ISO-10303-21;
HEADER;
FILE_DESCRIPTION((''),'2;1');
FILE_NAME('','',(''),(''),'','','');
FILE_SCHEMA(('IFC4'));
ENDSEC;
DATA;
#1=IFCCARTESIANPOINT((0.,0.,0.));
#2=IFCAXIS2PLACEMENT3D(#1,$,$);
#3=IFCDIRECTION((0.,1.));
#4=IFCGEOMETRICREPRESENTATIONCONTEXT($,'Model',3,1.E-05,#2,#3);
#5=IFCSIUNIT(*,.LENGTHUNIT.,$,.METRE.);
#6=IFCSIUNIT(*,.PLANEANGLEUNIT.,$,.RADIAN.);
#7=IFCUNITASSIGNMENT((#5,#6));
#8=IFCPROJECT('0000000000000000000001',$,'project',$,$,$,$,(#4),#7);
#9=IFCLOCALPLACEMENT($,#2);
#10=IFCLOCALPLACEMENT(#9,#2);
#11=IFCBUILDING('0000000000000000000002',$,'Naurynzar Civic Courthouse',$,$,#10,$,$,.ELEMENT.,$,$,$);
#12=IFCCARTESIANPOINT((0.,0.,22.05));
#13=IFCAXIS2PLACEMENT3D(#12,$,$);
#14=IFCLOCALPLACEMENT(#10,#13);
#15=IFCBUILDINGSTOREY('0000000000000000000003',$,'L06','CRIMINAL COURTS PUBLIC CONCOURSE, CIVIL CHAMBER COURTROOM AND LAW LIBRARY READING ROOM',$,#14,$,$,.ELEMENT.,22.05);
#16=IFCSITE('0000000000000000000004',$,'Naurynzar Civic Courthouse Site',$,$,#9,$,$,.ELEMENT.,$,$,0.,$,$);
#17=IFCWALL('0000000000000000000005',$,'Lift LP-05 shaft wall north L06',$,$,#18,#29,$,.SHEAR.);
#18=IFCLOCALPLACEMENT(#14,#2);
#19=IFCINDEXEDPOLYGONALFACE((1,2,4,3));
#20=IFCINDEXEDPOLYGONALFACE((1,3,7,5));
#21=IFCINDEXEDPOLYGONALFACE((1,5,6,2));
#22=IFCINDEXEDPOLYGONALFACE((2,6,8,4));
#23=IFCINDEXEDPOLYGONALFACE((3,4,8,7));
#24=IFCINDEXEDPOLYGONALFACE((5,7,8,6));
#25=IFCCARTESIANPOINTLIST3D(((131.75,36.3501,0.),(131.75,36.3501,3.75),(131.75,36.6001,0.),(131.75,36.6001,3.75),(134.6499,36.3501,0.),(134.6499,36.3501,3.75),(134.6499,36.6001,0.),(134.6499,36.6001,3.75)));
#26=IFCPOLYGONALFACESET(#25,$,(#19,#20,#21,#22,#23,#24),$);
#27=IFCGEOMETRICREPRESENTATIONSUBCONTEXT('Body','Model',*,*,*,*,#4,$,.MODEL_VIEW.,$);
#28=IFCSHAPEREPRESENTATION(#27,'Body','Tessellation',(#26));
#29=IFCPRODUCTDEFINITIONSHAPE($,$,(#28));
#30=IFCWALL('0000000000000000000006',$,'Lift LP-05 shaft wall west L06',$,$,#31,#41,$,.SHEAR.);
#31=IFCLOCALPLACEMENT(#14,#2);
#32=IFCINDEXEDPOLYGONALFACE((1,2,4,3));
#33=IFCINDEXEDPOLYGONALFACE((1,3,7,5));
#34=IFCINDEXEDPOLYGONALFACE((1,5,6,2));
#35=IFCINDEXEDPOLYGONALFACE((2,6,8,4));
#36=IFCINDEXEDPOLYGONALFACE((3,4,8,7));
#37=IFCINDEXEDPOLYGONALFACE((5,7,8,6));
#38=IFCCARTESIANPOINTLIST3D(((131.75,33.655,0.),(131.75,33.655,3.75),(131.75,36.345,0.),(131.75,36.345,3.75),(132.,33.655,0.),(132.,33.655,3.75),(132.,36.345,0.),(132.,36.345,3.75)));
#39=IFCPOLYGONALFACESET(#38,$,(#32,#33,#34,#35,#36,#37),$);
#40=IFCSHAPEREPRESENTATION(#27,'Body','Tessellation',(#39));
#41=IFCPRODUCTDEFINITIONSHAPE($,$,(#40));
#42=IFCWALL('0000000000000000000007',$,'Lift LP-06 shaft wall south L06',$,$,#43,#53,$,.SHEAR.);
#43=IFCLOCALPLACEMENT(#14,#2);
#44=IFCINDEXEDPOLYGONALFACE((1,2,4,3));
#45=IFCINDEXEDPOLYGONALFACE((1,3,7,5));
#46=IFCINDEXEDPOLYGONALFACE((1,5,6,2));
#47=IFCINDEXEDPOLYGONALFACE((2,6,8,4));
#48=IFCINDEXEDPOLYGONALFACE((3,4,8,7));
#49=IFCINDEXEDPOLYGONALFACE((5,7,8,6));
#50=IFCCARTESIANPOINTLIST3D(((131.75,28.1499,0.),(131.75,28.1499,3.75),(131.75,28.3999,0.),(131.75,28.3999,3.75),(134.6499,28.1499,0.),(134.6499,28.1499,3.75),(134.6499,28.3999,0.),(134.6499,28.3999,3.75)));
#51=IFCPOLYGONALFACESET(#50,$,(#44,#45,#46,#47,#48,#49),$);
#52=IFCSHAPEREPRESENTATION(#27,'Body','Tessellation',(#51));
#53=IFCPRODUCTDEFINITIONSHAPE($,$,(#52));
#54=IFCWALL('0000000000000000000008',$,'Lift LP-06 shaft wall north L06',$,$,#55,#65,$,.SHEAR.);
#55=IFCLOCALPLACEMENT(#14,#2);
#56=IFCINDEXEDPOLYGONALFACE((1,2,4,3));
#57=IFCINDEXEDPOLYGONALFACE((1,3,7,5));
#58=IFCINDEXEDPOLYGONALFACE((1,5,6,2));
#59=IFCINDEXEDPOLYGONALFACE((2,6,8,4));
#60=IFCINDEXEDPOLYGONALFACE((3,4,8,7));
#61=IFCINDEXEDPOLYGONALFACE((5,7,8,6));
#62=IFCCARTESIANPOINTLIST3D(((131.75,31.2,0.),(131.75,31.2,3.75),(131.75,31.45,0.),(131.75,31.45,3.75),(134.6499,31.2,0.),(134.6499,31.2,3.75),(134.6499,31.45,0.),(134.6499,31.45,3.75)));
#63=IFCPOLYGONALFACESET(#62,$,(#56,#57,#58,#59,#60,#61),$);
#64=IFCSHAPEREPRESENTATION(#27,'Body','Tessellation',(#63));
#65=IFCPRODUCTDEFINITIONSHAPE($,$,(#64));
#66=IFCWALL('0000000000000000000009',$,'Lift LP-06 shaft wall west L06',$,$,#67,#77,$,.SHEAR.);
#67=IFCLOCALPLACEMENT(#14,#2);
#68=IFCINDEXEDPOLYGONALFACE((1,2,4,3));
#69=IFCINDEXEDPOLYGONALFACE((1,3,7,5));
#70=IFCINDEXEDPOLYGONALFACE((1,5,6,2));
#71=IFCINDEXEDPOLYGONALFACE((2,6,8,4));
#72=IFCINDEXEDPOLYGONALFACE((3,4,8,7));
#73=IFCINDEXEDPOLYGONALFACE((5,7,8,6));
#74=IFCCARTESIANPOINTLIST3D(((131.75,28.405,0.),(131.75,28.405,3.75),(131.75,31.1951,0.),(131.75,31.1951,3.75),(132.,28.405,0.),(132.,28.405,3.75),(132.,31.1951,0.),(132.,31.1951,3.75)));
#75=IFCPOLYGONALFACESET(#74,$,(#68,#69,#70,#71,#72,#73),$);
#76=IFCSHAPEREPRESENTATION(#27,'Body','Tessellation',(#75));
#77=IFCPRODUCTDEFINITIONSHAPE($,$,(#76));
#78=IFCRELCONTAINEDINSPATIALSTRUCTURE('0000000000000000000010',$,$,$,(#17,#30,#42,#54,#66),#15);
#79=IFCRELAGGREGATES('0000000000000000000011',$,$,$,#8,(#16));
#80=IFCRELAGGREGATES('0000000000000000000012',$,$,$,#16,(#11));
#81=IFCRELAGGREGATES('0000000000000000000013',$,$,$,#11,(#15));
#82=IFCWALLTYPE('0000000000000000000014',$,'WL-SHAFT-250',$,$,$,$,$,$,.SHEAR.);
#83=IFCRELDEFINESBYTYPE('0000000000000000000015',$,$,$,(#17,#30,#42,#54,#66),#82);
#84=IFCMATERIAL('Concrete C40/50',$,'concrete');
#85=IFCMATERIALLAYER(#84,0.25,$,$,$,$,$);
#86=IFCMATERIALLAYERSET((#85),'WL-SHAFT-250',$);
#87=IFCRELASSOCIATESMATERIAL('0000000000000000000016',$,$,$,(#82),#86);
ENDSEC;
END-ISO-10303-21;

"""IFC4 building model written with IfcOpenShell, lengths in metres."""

from ifc_helpers import new_model, si_unit, direction, frame, frame_2d, origin, place, context, subcontext, project, spatial, rectangle, extrude, material, layer, layer_set, type_object, element, save


model = new_model("IFC4")

# Units and contexts
model_context = context("Model", 3, precision=1e-05, world=origin(), true_north=direction((0.0, 1.0)))
body_context = subcontext(model_context, "Body", "Model", "MODEL_VIEW")
ifc_project = project(units=[si_unit("LENGTHUNIT", "METRE"), si_unit("PLANEANGLEUNIT", "RADIAN")], contexts=[model_context])

# Site, building, storey
site_placement = place(None, origin())
site = spatial("IfcSite", under=ifc_project, at=site_placement, Name="Naurynzar Civic Courthouse Site", CompositionType="ELEMENT", RefElevation=0.0)
building_placement = place(site_placement, origin())
building = spatial("IfcBuilding", under=site, at=building_placement, Name="Naurynzar Civic Courthouse", CompositionType="ELEMENT")
storey_placement = place(building_placement, frame((0.0, 0.0, 22.05)))
storey = spatial("IfcBuildingStorey", under=building, at=storey_placement, Name="L06", Description="CRIMINAL COURTS PUBLIC CONCOURSE, CIVIL CHAMBER COURTROOM AND LAW LIBRARY READING ROOM", CompositionType="ELEMENT", Elevation=22.05)

# Walls
ifc_material_1 = material(Name="Concrete C40/50", Category="concrete")
ifc_layer_1 = layer(ifc_material_1, 0.25)
ifc_layer_set_1 = layer_set([ifc_layer_1], Name="WL-SHAFT-250")
wall_type_1 = type_object("IfcWallType", Name="WL-SHAFT-250", PredefinedType="SHEAR", material=ifc_layer_set_1)
for number, where, z_axis, x_axis, name in (
    (1, (134.6499, 36.4751, 0.0), (0.0, 0.0, 1.0), (-1.0, 0.0, 0.0), "Lift LP-05 shaft wall north L06"),
):
    element("IfcWall", number, at=place(storey_placement, frame(where, z_axis=z_axis, x_axis=x_axis)), inside=storey, type_object=wall_type_1, Name=name, PredefinedType="SHEAR", context=body_context, shape_type="SweptSolid", body=[
        extrude(rectangle(XDim=2.8999, YDim=0.25, at=frame_2d((1.45, 0.0))), origin(), (0.0, 0.0, 1.0), 3.75),
    ])
wall_1_placement = place(storey_placement, frame((131.875, 36.345, 0.0), z_axis=(0.0, 0.0, 1.0), x_axis=(0.0, -1.0, 0.0)))
element("IfcWall", 2, at=wall_1_placement, inside=storey, type_object=wall_type_1, Name="Lift LP-05 shaft wall west L06", PredefinedType="SHEAR", context=body_context, shape_type="SweptSolid", body=[
    extrude(rectangle(XDim=2.6899, YDim=0.25, at=frame_2d((1.345, 0.0))), origin(), (0.0, 0.0, 1.0), 3.75),
])

# Walls
for number, where, z_axis, x_axis, name in (
    (3, (131.75, 28.2749, 0.0), (0.0, 0.0, 1.0), (1.0, 0.0, 0.0), "Lift LP-06 shaft wall south L06"),
    (4, (134.6499, 31.325, 0.0), (0.0, 0.0, 1.0), (-1.0, 0.0, 0.0), "Lift LP-06 shaft wall north L06"),
):
    element("IfcWall", number, at=place(storey_placement, frame(where, z_axis=z_axis, x_axis=x_axis)), inside=storey, type_object=wall_type_1, Name=name, PredefinedType="SHEAR", context=body_context, shape_type="SweptSolid", body=[
        extrude(rectangle(XDim=2.8999, YDim=0.25, at=frame_2d((1.45, 0.0))), origin(), (0.0, 0.0, 1.0), 3.75),
    ])
wall_2_placement = place(storey_placement, frame((131.875, 31.1951, 0.0), z_axis=(0.0, 0.0, 1.0), x_axis=(0.0, -1.0, 0.0)))
element("IfcWall", 5, at=wall_2_placement, inside=storey, type_object=wall_type_1, Name="Lift LP-06 shaft wall west L06", PredefinedType="SHEAR", context=body_context, shape_type="SweptSolid", body=[
    extrude(rectangle(XDim=2.79, YDim=0.25, at=frame_2d((1.395, 0.0))), origin(), (0.0, 0.0, 1.0), 3.75),
])

save(model, "model.ifc")
